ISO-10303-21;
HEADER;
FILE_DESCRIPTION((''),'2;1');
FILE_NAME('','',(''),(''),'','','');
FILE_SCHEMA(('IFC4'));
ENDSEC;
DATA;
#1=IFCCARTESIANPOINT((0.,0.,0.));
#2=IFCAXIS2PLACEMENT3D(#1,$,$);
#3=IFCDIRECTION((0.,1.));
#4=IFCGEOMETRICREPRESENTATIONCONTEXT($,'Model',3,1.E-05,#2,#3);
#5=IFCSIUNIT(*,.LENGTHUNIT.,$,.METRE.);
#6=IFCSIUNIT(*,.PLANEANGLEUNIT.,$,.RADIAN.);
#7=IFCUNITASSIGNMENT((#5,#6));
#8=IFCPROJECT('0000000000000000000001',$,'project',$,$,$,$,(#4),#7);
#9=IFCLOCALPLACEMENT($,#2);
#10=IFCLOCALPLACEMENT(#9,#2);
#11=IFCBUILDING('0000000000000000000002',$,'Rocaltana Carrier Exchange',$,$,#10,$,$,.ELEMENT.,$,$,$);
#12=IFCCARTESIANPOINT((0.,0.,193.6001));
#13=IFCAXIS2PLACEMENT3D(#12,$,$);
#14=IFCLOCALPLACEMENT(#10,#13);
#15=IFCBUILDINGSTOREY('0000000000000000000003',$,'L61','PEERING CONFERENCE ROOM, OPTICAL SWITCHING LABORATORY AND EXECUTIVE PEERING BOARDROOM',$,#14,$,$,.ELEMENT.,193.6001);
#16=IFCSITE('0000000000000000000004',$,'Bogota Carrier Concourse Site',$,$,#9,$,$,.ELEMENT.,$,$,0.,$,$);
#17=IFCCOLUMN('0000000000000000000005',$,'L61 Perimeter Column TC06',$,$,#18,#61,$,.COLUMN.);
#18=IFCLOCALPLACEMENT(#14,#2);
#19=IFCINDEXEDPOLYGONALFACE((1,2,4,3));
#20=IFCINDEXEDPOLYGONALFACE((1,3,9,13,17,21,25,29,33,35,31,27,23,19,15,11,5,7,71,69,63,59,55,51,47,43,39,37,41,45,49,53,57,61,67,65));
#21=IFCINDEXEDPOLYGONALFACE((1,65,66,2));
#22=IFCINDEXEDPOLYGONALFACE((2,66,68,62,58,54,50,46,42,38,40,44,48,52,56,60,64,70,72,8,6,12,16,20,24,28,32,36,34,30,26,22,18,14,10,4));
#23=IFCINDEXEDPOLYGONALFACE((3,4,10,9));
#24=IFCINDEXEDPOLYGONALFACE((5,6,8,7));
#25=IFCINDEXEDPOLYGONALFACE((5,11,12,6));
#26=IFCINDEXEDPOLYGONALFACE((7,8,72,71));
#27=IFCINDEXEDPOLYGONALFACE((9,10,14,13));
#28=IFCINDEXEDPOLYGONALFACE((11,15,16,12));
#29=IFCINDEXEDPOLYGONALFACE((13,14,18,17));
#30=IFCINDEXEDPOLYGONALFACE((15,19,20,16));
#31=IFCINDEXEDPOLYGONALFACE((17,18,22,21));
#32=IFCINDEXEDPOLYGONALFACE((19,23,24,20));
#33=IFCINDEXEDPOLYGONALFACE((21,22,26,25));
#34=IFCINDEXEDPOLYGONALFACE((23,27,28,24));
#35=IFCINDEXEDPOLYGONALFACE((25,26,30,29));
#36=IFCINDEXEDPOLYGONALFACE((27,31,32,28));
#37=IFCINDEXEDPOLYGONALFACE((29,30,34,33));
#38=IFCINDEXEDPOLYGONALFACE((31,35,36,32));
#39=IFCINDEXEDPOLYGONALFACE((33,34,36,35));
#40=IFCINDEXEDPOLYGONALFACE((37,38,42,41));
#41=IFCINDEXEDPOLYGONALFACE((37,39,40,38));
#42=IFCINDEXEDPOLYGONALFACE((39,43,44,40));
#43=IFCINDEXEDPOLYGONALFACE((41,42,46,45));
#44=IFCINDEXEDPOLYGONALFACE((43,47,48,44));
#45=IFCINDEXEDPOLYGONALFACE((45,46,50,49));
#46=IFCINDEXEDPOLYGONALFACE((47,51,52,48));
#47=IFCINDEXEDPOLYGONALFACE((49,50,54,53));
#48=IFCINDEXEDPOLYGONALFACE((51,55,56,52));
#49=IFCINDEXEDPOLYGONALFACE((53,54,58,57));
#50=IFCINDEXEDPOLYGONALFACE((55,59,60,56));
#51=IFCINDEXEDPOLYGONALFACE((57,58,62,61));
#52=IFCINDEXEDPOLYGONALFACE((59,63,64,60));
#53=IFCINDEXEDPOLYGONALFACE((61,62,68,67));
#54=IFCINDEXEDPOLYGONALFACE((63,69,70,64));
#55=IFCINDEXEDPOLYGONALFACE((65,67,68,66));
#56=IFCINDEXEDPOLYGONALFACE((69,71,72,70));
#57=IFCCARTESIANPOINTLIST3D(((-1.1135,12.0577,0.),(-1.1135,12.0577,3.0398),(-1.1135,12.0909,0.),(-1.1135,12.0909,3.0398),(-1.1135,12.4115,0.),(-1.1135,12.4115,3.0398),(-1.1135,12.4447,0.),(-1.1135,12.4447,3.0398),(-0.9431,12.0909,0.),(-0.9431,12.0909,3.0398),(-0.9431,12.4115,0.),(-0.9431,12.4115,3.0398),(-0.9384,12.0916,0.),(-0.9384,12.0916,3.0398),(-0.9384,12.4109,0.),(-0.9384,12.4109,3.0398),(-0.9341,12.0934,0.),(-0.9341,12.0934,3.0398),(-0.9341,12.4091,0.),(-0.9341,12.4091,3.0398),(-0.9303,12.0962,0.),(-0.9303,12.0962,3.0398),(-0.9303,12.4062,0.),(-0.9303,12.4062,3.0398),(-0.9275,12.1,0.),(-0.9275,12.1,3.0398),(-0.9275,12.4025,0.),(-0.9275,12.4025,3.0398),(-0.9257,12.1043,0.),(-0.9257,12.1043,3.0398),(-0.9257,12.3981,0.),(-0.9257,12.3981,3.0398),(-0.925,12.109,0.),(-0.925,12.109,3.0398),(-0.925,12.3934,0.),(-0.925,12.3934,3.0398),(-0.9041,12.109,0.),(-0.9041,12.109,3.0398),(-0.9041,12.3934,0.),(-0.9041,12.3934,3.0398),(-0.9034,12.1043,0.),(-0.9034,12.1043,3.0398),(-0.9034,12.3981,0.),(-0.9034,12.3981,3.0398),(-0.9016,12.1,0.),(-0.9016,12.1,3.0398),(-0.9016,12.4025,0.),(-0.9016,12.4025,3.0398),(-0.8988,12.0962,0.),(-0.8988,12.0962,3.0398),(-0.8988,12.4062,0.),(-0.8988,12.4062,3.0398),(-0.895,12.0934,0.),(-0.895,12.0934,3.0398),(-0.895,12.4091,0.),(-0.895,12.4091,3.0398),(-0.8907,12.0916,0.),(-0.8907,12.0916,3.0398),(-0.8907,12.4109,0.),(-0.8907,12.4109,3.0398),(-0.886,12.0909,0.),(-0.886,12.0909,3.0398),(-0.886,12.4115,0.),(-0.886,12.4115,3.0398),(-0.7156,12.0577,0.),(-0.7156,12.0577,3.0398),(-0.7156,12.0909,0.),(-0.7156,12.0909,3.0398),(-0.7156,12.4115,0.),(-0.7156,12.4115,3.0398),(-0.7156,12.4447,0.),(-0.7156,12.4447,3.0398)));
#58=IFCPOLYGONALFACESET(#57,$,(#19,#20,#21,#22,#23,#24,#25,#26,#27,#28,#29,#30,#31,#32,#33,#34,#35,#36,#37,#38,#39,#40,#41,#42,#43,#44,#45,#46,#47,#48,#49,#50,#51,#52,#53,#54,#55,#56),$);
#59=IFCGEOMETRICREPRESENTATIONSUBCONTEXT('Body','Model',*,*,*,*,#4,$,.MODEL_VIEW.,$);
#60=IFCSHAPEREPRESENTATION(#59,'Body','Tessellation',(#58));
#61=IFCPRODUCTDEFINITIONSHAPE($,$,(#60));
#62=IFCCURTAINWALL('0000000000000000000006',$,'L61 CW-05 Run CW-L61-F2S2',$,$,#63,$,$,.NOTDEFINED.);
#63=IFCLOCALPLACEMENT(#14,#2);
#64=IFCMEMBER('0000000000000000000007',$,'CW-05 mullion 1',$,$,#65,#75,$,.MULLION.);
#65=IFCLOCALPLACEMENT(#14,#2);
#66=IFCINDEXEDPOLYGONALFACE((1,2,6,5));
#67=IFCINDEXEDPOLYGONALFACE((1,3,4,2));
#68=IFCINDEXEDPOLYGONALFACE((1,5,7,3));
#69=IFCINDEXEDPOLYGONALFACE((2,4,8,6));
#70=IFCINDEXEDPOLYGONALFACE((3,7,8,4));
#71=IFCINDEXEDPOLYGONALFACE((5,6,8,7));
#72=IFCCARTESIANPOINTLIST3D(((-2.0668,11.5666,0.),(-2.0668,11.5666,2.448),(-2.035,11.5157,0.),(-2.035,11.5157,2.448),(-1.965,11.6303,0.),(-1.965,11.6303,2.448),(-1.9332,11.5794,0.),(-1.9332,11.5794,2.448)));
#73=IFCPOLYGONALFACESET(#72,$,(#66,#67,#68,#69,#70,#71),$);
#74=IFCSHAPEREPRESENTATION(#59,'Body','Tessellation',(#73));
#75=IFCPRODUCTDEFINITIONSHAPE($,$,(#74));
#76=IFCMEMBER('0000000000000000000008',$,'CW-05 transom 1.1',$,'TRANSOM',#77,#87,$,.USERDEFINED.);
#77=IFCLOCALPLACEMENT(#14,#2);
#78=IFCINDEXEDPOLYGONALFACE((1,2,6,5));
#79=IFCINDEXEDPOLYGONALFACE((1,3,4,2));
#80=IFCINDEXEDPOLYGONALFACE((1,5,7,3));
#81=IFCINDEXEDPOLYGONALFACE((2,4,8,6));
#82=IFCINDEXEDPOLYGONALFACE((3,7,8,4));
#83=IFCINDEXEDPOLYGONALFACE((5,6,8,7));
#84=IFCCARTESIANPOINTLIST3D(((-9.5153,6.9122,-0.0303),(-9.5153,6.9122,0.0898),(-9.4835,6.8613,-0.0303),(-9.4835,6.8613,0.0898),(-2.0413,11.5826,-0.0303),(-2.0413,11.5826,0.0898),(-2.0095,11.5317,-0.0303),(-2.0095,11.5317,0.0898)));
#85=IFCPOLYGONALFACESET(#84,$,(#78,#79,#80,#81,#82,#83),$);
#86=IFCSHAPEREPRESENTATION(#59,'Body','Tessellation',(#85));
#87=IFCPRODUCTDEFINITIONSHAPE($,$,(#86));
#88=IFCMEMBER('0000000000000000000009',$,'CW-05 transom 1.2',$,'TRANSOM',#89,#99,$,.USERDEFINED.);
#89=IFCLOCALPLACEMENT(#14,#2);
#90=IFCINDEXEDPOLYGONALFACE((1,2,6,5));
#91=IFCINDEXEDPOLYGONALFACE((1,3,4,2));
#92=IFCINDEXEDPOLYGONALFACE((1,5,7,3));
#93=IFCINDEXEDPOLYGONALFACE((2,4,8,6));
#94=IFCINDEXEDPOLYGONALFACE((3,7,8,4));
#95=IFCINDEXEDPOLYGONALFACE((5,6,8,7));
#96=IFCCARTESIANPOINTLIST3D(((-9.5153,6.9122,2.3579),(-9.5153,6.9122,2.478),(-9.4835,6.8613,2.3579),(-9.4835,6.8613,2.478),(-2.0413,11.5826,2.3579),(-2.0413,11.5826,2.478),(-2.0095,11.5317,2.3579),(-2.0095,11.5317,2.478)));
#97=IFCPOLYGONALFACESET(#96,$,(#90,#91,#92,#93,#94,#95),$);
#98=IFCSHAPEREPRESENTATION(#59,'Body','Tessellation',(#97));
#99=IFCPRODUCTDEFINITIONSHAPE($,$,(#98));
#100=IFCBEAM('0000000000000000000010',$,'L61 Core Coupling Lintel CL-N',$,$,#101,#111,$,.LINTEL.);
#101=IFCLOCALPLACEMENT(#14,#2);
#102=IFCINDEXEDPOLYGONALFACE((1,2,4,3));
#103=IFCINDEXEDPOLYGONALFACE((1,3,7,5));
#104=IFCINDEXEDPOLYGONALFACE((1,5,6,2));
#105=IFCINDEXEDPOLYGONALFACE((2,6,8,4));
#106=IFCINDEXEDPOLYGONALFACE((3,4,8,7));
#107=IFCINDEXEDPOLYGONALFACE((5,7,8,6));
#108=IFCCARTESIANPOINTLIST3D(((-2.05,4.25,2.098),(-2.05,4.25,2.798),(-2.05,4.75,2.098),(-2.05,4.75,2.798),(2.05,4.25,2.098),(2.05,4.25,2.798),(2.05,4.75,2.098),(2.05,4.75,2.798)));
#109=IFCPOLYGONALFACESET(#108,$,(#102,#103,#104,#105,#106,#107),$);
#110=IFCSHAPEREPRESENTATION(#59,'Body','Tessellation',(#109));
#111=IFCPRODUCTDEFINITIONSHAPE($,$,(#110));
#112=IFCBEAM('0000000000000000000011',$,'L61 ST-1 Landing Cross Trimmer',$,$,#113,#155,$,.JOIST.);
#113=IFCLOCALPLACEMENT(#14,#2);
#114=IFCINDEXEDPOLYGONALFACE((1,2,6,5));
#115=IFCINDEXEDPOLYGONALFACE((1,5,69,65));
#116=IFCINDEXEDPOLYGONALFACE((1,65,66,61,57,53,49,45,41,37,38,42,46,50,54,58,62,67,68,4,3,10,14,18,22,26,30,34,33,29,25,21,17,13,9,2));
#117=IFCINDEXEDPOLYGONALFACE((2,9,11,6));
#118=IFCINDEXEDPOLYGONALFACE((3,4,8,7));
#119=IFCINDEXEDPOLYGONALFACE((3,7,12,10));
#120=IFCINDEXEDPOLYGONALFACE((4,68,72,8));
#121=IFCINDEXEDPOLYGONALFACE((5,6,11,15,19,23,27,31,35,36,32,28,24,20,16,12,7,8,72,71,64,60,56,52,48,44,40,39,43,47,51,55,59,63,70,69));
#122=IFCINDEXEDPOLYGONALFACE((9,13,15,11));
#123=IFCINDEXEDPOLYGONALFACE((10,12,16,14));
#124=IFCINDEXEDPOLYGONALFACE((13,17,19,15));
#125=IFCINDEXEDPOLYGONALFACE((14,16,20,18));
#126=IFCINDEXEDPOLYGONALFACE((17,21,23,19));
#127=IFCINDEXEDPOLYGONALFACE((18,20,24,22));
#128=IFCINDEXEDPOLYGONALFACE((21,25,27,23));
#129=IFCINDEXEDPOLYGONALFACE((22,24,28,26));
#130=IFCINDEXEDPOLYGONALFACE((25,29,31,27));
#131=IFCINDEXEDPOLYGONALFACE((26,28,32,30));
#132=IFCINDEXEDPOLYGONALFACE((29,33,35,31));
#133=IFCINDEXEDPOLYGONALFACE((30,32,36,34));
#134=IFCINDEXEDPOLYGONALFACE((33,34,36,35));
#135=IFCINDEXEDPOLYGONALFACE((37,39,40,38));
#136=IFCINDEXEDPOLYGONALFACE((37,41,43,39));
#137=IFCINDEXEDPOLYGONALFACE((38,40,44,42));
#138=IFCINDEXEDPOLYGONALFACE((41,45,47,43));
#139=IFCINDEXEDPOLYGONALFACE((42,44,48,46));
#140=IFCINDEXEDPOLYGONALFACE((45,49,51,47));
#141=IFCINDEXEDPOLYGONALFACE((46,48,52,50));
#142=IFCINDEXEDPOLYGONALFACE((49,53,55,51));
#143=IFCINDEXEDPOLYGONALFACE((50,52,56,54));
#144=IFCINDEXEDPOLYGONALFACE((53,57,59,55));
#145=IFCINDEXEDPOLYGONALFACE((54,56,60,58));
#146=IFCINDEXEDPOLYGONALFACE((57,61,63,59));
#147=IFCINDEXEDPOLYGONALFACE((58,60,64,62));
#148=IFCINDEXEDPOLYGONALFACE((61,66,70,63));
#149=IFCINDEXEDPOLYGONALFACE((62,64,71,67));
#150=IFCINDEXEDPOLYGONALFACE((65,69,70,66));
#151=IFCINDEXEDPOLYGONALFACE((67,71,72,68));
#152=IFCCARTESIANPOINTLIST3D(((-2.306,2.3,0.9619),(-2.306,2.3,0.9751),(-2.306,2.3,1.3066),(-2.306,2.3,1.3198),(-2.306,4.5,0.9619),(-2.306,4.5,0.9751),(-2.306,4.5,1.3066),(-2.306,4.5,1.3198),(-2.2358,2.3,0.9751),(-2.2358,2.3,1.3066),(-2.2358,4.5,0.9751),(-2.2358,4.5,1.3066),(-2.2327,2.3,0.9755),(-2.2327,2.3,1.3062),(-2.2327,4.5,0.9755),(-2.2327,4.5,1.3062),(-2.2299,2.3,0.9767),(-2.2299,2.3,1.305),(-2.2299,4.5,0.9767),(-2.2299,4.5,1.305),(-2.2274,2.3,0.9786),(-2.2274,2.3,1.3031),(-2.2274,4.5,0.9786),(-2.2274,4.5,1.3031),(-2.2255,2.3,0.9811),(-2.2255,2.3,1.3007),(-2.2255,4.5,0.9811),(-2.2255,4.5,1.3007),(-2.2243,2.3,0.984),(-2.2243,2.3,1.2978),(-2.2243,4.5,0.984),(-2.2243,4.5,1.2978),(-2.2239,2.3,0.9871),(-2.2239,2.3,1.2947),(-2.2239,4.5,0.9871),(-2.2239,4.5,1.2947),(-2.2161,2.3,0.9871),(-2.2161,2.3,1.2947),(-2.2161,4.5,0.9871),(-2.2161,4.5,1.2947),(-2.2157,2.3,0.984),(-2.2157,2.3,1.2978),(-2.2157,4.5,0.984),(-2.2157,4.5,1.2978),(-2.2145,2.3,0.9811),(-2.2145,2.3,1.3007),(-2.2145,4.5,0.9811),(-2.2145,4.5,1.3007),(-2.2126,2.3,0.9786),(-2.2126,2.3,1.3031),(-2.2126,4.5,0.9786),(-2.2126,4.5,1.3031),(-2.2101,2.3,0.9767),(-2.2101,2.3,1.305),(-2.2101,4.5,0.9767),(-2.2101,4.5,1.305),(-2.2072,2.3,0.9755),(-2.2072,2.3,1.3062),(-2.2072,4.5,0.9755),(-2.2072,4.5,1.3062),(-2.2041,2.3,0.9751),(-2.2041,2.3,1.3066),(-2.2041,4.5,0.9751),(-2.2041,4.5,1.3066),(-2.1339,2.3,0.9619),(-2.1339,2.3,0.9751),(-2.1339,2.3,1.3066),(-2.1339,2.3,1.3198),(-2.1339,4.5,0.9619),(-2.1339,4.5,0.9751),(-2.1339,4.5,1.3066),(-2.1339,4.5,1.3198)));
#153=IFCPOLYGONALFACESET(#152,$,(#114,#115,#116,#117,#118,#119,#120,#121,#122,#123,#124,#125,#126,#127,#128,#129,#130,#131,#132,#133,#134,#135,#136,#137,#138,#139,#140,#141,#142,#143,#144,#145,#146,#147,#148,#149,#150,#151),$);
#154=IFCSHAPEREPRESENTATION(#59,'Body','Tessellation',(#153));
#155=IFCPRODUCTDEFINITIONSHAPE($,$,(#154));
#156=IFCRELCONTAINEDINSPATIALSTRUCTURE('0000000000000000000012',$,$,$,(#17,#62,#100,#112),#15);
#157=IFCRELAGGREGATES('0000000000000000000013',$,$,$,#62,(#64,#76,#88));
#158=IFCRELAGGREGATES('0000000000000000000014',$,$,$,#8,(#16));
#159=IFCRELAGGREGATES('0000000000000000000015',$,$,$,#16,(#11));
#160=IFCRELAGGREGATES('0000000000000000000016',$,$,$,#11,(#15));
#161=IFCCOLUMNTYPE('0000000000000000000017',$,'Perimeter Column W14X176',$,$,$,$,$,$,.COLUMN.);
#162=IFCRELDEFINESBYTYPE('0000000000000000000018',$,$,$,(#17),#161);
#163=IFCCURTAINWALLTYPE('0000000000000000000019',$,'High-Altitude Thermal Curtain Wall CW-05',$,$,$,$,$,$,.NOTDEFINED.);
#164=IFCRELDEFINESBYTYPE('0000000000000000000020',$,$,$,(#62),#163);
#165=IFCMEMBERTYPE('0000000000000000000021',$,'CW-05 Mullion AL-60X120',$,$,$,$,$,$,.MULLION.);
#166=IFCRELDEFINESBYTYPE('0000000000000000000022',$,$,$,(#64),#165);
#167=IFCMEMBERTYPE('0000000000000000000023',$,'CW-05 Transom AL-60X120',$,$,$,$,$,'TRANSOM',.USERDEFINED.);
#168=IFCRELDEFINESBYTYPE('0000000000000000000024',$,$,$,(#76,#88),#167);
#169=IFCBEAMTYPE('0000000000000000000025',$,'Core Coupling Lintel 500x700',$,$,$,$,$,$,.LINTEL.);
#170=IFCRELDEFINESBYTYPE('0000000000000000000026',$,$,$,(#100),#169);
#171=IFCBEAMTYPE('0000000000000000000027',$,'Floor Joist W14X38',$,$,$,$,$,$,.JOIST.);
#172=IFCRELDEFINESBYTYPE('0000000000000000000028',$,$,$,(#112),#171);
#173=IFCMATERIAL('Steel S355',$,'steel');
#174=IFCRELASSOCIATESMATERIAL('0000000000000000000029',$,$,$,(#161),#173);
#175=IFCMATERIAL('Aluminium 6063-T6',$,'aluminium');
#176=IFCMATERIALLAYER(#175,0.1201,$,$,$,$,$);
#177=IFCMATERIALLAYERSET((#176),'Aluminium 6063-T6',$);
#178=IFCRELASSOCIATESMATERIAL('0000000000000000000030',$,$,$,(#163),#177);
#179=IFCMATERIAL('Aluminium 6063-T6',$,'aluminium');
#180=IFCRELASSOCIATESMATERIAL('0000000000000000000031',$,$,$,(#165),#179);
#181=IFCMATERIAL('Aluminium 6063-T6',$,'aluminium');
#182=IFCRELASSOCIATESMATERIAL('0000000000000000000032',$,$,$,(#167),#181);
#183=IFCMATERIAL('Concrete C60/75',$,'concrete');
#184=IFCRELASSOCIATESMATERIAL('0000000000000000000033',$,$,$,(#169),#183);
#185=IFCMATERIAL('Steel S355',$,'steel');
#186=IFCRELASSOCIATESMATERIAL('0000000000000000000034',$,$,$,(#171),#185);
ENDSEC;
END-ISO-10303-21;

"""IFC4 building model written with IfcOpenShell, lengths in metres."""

from ifc_helpers import new_model, si_unit, direction, frame, origin, origin_2d, place, context, subcontext, project, spatial, rectangle, i_section, extrude, material, layer, layer_set, material_profile, profile_set, type_object, element, aggregate, save


model = new_model("IFC4")

# Units and contexts
model_context = context("Model", 3, precision=1e-05, world=origin(), true_north=direction((0.0, 1.0)))
body_context = subcontext(model_context, "Body", "Model", "MODEL_VIEW")
ifc_project = project(units=[si_unit("LENGTHUNIT", "METRE"), si_unit("PLANEANGLEUNIT", "RADIAN")], contexts=[model_context])

# Site, building, storey
site_placement = place(None, origin())
site = spatial("IfcSite", under=ifc_project, at=site_placement, Name="Bogota Carrier Concourse Site", CompositionType="ELEMENT", RefElevation=0.0)
building_placement = place(site_placement, origin())
building = spatial("IfcBuilding", under=site, at=building_placement, Name="Rocaltana Carrier Exchange", CompositionType="ELEMENT")
storey_placement = place(building_placement, frame((0.0, 0.0, 193.6001)))
storey = spatial("IfcBuildingStorey", under=building, at=storey_placement, Name="L61", Description="PEERING CONFERENCE ROOM, OPTICAL SWITCHING LABORATORY AND EXECUTIVE PEERING BOARDROOM", CompositionType="ELEMENT", Elevation=193.6001)

# Column
ifc_material_1 = material(Name="Steel S355", Category="steel")
ifc_material_profile_1 = material_profile(ifc_material_1, i_section(OverallWidth=0.3979, OverallDepth=0.387, WebThickness=0.021, FlangeThickness=0.0332, FilletRadius=0.0181, at=origin_2d()), Name="W14X176")
ifc_profile_set_1 = profile_set([ifc_material_profile_1], Name="Steel S355")
column_type = type_object("IfcColumnType", Name="Perimeter Column W14X176", PredefinedType="COLUMN", material=ifc_profile_set_1)
column_placement = place(storey_placement, frame((-0.9146, 12.2512, 0.0), z_axis=(0.0, 0.0, 1.0), x_axis=(1.0, 0.0, 0.0)))
element("IfcColumn", 1, at=column_placement, inside=storey, type_object=column_type, Name="L61 Perimeter Column TC06", PredefinedType="COLUMN", context=body_context, shape_type="SweptSolid", body=[
    extrude(i_section(OverallWidth=0.3979, OverallDepth=0.387, WebThickness=0.021, FlangeThickness=0.0332, FilletRadius=0.0181, at=origin_2d()), origin(), (0.0, 0.0, 1.0), 3.0398),
])

# Curtain wall, members
ifc_material_2 = material(Name="Aluminium 6063-T6", Category="aluminium")
ifc_layer_1 = layer(ifc_material_2, 0.1201)
ifc_layer_set_1 = layer_set([ifc_layer_1], Name="Aluminium 6063-T6")
curtain_wall_type = type_object("IfcCurtainWallType", Name="High-Altitude Thermal Curtain Wall CW-05", PredefinedType="NOTDEFINED", material=ifc_layer_set_1)
curtain_wall_placement = place(storey_placement, origin())
curtain_wall = element("IfcCurtainWall", 2, at=curtain_wall_placement, inside=storey, type_object=curtain_wall_type, Name="L61 CW-05 Run CW-L61-F2S2", PredefinedType="NOTDEFINED")
ifc_material_3 = material(Name="Aluminium 6063-T6", Category="aluminium")
ifc_material_profile_2 = material_profile(ifc_material_3, rectangle(XDim=0.0601, YDim=0.1201, at=origin_2d()), Name="AL-60X120")
ifc_profile_set_2 = profile_set([ifc_material_profile_2], Name="Aluminium 6063-T6")
member_type_1 = type_object("IfcMemberType", Name="CW-05 Mullion AL-60X120", PredefinedType="MULLION", material=ifc_profile_set_2)
member_1_placement = place(storey_placement, frame((-2.0, 11.573, 0.0), z_axis=(0.0, 0.0, 1.0), x_axis=(0.52992, -0.848047, 0.0)))
member_1 = element("IfcMember", 3, at=member_1_placement, type_object=member_type_1, Name="CW-05 mullion 1", PredefinedType="MULLION", context=body_context, shape_type="SweptSolid", body=[
    extrude(rectangle(XDim=0.0601, YDim=0.1201, at=origin_2d()), origin(), (0.0, 0.0, 1.0), 2.448),
])
ifc_material_4 = material(Name="Aluminium 6063-T6", Category="aluminium")
ifc_material_profile_3 = material_profile(ifc_material_4, rectangle(XDim=0.0601, YDim=0.1201, at=origin_2d()), Name="AL-60X120")
ifc_profile_set_3 = profile_set([ifc_material_profile_3], Name="Aluminium 6063-T6")
member_type_2 = type_object("IfcMemberType", Name="CW-05 Transom AL-60X120", ElementType="TRANSOM", PredefinedType="USERDEFINED", material=ifc_profile_set_3)
member_2_placement = place(storey_placement, frame((-2.0254, 11.5571, 0.0298), z_axis=(-0.848045, -0.529924, 0.0), x_axis=(0.529924, -0.848045, 0.0)))
member_2 = element("IfcMember", 4, at=member_2_placement, type_object=member_type_2, Name="CW-05 transom 1.1", ObjectType="TRANSOM", PredefinedType="USERDEFINED", context=body_context, shape_type="SweptSolid", body=[
    extrude(rectangle(XDim=0.0601, YDim=0.1201, at=origin_2d()), origin(), (0.0, 0.0, 1.0), 8.8132),
])
member_3_placement = place(storey_placement, frame((-2.0254, 11.5571, 2.418), z_axis=(-0.848045, -0.529924, 0.0), x_axis=(0.529924, -0.848045, 0.0)))
member_3 = element("IfcMember", 5, at=member_3_placement, type_object=member_type_2, Name="CW-05 transom 1.2", ObjectType="TRANSOM", PredefinedType="USERDEFINED", context=body_context, shape_type="SweptSolid", body=[
    extrude(rectangle(XDim=0.0601, YDim=0.1201, at=origin_2d()), origin(), (0.0, 0.0, 1.0), 8.8132),
])

# Beams
ifc_material_5 = material(Name="Concrete C60/75", Category="concrete")
ifc_material_profile_4 = material_profile(ifc_material_5, rectangle(XDim=0.5, YDim=0.7, at=origin_2d()), Name="RC-BM-500X700")
ifc_profile_set_4 = profile_set([ifc_material_profile_4], Name="Concrete C60/75")
beam_type_1 = type_object("IfcBeamType", Name="Core Coupling Lintel 500x700", PredefinedType="LINTEL", material=ifc_profile_set_4)
beam_1_placement = place(storey_placement, frame((-2.05, 4.5, 2.448), z_axis=(1.0, 0.0, 0.0), x_axis=(0.0, 1.0, 0.0)))
element("IfcBeam", 6, at=beam_1_placement, inside=storey, type_object=beam_type_1, Name="L61 Core Coupling Lintel CL-N", PredefinedType="LINTEL", context=body_context, shape_type="SweptSolid", body=[
    extrude(rectangle(XDim=0.5, YDim=0.7, at=origin_2d()), origin(), (0.0, 0.0, 1.0), 4.1001),
])
ifc_material_6 = material(Name="Steel S355", Category="steel")
ifc_material_profile_5 = material_profile(ifc_material_6, i_section(OverallWidth=0.1721, OverallDepth=0.3579, WebThickness=0.0078, FlangeThickness=0.0132, FilletRadius=0.012, at=origin_2d()), Name="W14X38")
ifc_profile_set_5 = profile_set([ifc_material_profile_5], Name="Steel S355")
beam_type_2 = type_object("IfcBeamType", Name="Floor Joist W14X38", PredefinedType="JOIST", material=ifc_profile_set_5)
beam_2_placement = place(storey_placement, frame((-2.22, 2.3, 1.1409), z_axis=(0.0, 1.0, 0.0), x_axis=(-1.0, 0.0, 0.0)))
element("IfcBeam", 7, at=beam_2_placement, inside=storey, type_object=beam_type_2, Name="L61 ST-1 Landing Cross Trimmer", PredefinedType="JOIST", context=body_context, shape_type="SweptSolid", body=[
    extrude(i_section(OverallWidth=0.1721, OverallDepth=0.3579, WebThickness=0.0078, FlangeThickness=0.0132, FilletRadius=0.012, at=origin_2d()), origin(), (0.0, 0.0, 1.0), 2.2),
])

aggregate(curtain_wall, [member_1, member_2, member_3])

save(model, "model.ifc")
